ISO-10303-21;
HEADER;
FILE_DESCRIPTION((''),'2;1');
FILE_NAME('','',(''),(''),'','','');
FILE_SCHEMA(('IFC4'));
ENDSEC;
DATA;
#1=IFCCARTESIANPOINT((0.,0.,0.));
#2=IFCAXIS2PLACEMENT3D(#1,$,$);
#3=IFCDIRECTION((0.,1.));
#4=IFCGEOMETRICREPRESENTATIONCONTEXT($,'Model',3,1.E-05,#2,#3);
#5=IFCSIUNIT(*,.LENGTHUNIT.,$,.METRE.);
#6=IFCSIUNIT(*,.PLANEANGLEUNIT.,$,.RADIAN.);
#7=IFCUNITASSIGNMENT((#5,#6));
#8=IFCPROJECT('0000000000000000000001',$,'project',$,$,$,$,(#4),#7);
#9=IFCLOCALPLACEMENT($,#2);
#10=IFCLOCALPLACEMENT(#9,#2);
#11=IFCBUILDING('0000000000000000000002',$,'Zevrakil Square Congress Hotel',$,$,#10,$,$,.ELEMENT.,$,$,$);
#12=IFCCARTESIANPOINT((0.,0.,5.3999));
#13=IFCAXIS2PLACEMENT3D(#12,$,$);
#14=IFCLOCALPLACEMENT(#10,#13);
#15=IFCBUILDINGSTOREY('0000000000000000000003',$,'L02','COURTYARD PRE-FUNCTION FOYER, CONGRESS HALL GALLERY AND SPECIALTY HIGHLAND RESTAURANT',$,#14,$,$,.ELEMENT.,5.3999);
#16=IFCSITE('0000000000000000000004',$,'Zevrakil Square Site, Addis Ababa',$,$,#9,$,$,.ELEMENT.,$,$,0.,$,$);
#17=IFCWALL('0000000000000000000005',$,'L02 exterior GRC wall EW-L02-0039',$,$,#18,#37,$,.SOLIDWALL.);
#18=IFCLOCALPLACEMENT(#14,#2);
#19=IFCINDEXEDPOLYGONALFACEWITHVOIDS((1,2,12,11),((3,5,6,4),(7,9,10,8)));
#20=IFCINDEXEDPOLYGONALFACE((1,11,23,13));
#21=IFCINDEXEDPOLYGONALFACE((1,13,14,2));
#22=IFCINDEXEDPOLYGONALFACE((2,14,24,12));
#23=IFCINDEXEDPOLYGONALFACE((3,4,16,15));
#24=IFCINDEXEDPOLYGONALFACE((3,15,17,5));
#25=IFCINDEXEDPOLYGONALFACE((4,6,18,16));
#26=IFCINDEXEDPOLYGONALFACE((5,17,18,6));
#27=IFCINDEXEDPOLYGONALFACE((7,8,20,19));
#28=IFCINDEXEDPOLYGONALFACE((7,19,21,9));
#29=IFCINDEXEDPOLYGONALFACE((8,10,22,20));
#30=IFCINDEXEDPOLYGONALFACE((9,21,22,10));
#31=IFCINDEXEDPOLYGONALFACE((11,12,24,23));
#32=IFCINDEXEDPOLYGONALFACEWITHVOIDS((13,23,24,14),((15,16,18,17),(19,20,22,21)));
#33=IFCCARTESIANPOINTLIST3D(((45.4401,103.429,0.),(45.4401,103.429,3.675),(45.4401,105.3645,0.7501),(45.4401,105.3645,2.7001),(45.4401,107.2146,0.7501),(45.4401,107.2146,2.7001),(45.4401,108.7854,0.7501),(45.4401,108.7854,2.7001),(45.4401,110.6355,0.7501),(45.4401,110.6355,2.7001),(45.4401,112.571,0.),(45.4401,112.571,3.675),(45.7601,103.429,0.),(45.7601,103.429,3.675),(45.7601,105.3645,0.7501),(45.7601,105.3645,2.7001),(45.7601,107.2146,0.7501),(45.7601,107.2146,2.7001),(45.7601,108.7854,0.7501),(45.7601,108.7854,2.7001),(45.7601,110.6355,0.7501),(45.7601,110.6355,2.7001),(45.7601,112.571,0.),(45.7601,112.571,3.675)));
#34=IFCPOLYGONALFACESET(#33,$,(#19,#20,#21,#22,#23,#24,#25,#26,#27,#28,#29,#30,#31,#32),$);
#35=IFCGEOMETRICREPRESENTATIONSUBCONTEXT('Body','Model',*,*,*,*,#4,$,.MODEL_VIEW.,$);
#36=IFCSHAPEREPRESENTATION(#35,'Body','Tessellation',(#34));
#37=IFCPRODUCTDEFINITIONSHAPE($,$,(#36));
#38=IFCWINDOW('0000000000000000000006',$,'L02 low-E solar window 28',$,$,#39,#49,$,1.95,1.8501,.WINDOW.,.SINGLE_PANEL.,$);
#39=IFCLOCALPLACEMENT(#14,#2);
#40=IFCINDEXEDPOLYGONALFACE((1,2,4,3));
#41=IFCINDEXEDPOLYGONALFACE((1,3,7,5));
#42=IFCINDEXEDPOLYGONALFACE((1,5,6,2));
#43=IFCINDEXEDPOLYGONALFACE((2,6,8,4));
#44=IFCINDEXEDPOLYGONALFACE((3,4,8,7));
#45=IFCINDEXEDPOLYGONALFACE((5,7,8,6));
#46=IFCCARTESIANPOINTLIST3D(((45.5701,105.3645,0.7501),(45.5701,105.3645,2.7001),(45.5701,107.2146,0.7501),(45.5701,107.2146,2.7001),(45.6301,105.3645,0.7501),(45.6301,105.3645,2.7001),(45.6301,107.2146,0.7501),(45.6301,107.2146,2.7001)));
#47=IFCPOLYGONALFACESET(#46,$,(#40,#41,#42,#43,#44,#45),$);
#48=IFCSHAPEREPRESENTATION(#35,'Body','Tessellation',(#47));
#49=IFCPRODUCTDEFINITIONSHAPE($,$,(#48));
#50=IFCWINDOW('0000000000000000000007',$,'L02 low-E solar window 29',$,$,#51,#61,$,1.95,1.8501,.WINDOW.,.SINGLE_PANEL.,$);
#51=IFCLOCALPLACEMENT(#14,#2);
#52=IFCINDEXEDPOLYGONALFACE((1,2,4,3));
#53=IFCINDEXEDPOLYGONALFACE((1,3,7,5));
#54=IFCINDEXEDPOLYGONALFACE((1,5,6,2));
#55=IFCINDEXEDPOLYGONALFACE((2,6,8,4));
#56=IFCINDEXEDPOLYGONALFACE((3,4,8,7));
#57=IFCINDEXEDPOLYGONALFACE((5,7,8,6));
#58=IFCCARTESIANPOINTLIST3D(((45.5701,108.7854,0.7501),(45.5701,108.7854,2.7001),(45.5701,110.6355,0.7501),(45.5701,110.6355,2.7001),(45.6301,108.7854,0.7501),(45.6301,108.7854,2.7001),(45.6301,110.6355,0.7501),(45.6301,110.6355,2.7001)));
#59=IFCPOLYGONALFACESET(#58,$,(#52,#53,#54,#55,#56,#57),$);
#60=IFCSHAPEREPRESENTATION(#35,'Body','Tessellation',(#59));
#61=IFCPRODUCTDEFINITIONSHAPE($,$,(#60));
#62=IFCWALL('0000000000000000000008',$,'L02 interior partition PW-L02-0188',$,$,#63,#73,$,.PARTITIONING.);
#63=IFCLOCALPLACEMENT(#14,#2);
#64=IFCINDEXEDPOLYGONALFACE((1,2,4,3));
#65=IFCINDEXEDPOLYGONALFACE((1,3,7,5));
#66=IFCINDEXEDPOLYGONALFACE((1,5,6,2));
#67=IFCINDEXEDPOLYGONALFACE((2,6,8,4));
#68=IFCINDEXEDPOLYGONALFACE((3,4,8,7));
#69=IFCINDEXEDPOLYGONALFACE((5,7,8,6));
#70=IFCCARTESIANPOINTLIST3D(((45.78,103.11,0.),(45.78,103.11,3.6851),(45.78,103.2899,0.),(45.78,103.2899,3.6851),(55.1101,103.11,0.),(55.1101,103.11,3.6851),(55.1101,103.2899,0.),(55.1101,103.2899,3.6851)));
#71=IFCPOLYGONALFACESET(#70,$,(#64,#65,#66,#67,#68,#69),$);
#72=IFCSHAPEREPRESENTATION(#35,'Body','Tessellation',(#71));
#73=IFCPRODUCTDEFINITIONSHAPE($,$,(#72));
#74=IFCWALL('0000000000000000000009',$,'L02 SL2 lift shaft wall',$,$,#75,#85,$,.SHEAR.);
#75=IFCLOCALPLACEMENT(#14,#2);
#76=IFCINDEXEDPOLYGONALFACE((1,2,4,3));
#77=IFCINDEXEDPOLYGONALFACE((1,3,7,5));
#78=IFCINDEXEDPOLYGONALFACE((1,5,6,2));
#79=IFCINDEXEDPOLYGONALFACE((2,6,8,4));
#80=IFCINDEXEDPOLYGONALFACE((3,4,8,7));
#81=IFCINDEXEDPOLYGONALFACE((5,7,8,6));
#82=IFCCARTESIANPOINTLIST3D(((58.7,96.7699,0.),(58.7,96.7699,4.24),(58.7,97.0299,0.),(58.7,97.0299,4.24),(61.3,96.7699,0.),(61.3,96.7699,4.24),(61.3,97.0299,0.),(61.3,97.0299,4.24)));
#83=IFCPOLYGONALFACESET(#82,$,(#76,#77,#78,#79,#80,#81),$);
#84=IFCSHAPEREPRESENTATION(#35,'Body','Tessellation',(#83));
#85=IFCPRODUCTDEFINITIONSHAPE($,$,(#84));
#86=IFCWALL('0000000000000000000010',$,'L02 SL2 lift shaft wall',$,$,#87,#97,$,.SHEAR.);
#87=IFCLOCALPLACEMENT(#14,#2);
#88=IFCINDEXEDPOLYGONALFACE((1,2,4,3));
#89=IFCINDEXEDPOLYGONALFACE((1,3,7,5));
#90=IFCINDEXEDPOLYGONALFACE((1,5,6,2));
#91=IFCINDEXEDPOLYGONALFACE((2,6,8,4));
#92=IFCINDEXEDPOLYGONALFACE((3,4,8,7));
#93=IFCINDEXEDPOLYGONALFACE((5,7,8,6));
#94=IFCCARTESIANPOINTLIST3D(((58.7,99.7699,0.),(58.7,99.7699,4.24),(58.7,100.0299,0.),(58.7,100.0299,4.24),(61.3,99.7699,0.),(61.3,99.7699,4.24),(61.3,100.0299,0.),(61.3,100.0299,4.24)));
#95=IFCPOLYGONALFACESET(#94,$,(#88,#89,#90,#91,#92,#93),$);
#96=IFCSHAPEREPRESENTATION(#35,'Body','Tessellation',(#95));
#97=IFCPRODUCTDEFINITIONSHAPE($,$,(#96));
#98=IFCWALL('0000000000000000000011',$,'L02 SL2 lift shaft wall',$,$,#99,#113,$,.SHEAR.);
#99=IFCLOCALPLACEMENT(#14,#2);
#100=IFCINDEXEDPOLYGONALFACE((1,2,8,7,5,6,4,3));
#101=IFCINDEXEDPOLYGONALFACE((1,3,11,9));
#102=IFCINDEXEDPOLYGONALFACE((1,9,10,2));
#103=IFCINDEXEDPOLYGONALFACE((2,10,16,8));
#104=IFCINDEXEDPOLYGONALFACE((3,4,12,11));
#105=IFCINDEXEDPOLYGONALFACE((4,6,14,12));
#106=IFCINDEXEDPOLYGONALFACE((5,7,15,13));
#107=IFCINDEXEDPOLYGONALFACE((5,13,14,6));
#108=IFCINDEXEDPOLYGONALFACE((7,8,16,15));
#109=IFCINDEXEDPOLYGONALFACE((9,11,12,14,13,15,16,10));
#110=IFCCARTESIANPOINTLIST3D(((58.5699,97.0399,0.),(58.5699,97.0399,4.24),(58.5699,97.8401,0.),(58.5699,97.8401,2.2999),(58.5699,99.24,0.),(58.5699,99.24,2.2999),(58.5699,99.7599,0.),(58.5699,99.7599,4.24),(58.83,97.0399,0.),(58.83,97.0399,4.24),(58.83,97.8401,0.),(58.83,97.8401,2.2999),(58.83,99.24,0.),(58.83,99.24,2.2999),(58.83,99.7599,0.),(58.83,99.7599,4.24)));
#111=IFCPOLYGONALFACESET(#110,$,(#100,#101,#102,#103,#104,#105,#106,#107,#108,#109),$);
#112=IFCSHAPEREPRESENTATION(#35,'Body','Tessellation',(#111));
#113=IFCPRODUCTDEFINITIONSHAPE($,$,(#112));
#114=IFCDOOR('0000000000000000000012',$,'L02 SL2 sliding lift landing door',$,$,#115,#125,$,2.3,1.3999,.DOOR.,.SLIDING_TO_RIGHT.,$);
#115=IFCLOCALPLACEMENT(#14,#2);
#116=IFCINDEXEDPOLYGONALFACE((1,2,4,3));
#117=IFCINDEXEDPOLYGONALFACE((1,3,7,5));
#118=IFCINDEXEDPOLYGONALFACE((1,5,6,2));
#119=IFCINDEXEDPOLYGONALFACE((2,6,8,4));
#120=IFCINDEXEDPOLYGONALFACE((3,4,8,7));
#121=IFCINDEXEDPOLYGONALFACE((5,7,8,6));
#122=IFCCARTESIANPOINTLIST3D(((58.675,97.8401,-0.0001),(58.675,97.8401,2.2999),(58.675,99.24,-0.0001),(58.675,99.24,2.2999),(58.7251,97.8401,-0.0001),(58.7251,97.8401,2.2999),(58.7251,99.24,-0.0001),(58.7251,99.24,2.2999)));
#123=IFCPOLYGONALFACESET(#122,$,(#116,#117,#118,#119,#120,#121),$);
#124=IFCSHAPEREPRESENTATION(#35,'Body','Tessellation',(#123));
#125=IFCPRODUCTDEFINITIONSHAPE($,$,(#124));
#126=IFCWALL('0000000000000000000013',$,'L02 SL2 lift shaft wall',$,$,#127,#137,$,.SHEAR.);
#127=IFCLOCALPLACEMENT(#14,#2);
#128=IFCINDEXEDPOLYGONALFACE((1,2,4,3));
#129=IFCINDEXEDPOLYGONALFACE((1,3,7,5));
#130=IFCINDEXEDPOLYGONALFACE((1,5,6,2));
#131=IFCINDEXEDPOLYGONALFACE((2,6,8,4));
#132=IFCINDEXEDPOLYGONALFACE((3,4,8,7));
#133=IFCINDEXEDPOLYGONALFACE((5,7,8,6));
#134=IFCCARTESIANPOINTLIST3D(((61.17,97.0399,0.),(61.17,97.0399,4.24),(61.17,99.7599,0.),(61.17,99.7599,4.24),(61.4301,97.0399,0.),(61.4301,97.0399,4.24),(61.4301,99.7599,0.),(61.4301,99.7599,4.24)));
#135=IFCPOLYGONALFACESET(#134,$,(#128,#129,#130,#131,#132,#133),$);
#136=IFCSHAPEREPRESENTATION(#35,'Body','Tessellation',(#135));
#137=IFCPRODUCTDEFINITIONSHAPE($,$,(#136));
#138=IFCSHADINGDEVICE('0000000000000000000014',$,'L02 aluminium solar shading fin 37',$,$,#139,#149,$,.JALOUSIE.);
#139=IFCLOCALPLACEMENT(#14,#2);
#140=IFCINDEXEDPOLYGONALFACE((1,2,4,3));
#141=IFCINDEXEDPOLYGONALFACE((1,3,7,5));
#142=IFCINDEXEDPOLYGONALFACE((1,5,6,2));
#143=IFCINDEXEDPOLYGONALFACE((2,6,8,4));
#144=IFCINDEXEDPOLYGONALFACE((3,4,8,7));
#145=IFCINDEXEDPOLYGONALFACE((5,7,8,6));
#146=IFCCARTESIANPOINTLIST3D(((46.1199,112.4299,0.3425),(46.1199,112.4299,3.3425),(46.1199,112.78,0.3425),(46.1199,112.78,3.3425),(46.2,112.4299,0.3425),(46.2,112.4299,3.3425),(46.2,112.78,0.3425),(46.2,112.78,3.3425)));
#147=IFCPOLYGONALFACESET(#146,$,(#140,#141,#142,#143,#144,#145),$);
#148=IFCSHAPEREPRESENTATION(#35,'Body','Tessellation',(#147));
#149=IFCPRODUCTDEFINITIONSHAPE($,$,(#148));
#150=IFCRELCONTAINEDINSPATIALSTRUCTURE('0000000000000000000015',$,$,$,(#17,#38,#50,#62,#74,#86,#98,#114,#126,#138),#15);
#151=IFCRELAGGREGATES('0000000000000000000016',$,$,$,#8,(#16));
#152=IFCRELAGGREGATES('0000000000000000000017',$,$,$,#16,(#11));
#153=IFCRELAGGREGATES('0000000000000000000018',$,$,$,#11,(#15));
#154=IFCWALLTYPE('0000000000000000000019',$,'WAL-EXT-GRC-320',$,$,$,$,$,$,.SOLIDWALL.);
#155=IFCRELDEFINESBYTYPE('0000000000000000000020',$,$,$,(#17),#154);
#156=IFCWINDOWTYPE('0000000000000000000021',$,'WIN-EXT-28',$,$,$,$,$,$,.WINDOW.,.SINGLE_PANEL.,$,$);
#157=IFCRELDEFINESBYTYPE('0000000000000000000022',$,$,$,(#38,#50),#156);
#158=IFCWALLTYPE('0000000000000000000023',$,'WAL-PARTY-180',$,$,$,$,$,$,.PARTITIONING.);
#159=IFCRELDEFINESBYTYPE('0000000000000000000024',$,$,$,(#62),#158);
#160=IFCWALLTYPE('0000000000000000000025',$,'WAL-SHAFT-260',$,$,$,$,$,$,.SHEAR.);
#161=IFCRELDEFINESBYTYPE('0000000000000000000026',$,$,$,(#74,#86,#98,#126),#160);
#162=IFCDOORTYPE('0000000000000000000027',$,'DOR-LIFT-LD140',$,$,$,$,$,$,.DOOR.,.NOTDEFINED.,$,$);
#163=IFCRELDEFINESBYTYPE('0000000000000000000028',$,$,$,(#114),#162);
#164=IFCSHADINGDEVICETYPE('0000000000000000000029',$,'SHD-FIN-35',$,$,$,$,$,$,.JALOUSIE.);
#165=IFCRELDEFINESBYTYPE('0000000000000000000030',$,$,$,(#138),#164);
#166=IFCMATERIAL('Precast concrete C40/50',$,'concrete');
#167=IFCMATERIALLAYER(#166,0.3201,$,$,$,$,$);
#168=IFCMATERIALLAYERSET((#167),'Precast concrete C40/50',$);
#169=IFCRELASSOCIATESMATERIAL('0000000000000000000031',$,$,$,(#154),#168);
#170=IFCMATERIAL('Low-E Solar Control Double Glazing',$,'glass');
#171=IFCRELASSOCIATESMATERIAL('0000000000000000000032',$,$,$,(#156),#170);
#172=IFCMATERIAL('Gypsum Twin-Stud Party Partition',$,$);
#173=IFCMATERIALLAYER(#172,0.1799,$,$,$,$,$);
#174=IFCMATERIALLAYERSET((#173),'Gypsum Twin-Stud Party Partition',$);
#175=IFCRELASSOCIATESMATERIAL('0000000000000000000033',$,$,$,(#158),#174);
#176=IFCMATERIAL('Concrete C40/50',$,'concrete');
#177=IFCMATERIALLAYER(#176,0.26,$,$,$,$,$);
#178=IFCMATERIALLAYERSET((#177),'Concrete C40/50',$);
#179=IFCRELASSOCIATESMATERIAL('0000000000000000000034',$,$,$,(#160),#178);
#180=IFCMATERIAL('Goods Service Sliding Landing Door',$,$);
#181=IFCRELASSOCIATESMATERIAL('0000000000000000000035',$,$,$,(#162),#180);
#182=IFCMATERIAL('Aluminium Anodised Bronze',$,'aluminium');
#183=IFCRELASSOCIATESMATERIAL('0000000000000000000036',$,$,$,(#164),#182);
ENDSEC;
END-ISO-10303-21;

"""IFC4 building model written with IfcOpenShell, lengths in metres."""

from ifc_helpers import new_model, si_unit, direction, frame, frame_2d, origin, origin_2d, place, context, subcontext, project, spatial, rectangle, extrude, material, layer, layer_set, type_object, element, fill, save


model = new_model("IFC4")

# Units and contexts
model_context = context("Model", 3, precision=1e-05, world=origin(), true_north=direction((0.0, 1.0)))
body_context = subcontext(model_context, "Body", "Model", "MODEL_VIEW")
ifc_project = project(units=[si_unit("LENGTHUNIT", "METRE"), si_unit("PLANEANGLEUNIT", "RADIAN")], contexts=[model_context])

# Site, building, storey
site_placement = place(None, origin())
site = spatial("IfcSite", under=ifc_project, at=site_placement, Name="Zevrakil Square Site, Addis Ababa", CompositionType="ELEMENT", RefElevation=0.0)
building_placement = place(site_placement, origin())
building = spatial("IfcBuilding", under=site, at=building_placement, Name="Zevrakil Square Congress Hotel", CompositionType="ELEMENT")
storey_placement = place(building_placement, frame((0.0, 0.0, 5.3999)))
storey = spatial("IfcBuildingStorey", under=building, at=storey_placement, Name="L02", Description="COURTYARD PRE-FUNCTION FOYER, CONGRESS HALL GALLERY AND SPECIALTY HIGHLAND RESTAURANT", CompositionType="ELEMENT", Elevation=5.3999)

# Shared definitions
ifc_material_1 = material(Name="Precast concrete C40/50", Category="concrete")
ifc_layer_1 = layer(ifc_material_1, 0.3201)
ifc_layer_set_1 = layer_set([ifc_layer_1], Name="Precast concrete C40/50")
wall_type_1 = type_object("IfcWallType", Name="WAL-EXT-GRC-320", PredefinedType="SOLIDWALL", material=ifc_layer_set_1)

# Wall, openings, windows
wall_1_placement = place(storey_placement, frame((45.6001, 103.429, 0.0), z_axis=(0.0, 0.0, 1.0), x_axis=(0.0, 1.0, 0.0)))
wall_1 = element("IfcWall", 1, at=wall_1_placement, inside=storey, type_object=wall_type_1, Name="L02 exterior GRC wall EW-L02-0039", PredefinedType="SOLIDWALL", context=body_context, shape_type="SweptSolid", body=[
    extrude(rectangle(XDim=9.1421, YDim=0.3201, at=frame_2d((4.571, 0.0))), origin(), (0.0, 0.0, 1.0), 3.675),
])
opening_1_placement = place(wall_1_placement, frame((1.9355, 0.0, 0.75)))
opening_1 = element("IfcOpeningElement", 2, at=opening_1_placement, cuts=wall_1, PredefinedType="OPENING", context=body_context, shape_type="SweptSolid", body=[
    extrude(rectangle(XDim=1.8501, YDim=1.95, at=frame_2d((0.925, 0.9751))), frame((0.0, 0.1699, 0.0), z_axis=(0.0, -1.0, 0.0), x_axis=(1.0, 0.0, 0.0)), (0.0, 0.0, 1.0), 0.3401),
])
opening_2_placement = place(wall_1_placement, frame((5.3564, 0.0, 0.75)))
opening_2 = element("IfcOpeningElement", 3, at=opening_2_placement, cuts=wall_1, PredefinedType="OPENING", context=body_context, shape_type="SweptSolid", body=[
    extrude(rectangle(XDim=1.8501, YDim=1.95, at=frame_2d((0.925, 0.9751))), frame((0.0, 0.1699, 0.0), z_axis=(0.0, -1.0, 0.0), x_axis=(1.0, 0.0, 0.0)), (0.0, 0.0, 1.0), 0.3401),
])
ifc_material_2 = material(Name="Low-E Solar Control Double Glazing", Category="glass")
window_type = type_object("IfcWindowType", Name="WIN-EXT-28", PartitioningType="SINGLE_PANEL", PredefinedType="WINDOW", material=ifc_material_2)
window_1_placement = place(opening_1_placement, origin())
window_1 = element("IfcWindow", 4, at=window_1_placement, inside=storey, type_object=window_type, Name="L02 low-E solar window 28", OverallHeight=1.95, OverallWidth=1.8501, PartitioningType="SINGLE_PANEL", PredefinedType="WINDOW", context=body_context, shape_type="SweptSolid", body=[
    extrude(rectangle(XDim=1.8501, YDim=1.95, at=frame_2d((0.925, 0.9751))), frame((0.0, 0.03, 0.0), z_axis=(0.0, -1.0, 0.0), x_axis=(1.0, 0.0, 0.0)), (0.0, 0.0, 1.0), 0.0601),
])
fill(opening_1, window_1)
window_2_placement = place(opening_2_placement, origin())
window_2 = element("IfcWindow", 5, at=window_2_placement, inside=storey, type_object=window_type, Name="L02 low-E solar window 29", OverallHeight=1.95, OverallWidth=1.8501, PartitioningType="SINGLE_PANEL", PredefinedType="WINDOW", context=body_context, shape_type="SweptSolid", body=[
    extrude(rectangle(XDim=1.8501, YDim=1.95, at=frame_2d((0.925, 0.9751))), frame((0.0, 0.03, 0.0), z_axis=(0.0, -1.0, 0.0), x_axis=(1.0, 0.0, 0.0)), (0.0, 0.0, 1.0), 0.0601),
])
fill(opening_2, window_2)

# Walls
ifc_material_3 = material(Name="Gypsum Twin-Stud Party Partition")
ifc_layer_2 = layer(ifc_material_3, 0.1799)
ifc_layer_set_2 = layer_set([ifc_layer_2], Name="Gypsum Twin-Stud Party Partition")
wall_type_2 = type_object("IfcWallType", Name="WAL-PARTY-180", PredefinedType="PARTITIONING", material=ifc_layer_set_2)
wall_2_placement = place(storey_placement, frame((45.78, 103.2, 0.0), z_axis=(0.0, 0.0, 1.0), x_axis=(1.0, 0.0, 0.0)))
element("IfcWall", 6, at=wall_2_placement, inside=storey, type_object=wall_type_2, Name="L02 interior partition PW-L02-0188", PredefinedType="PARTITIONING", context=body_context, shape_type="SweptSolid", body=[
    extrude(rectangle(XDim=9.3301, YDim=0.1799, at=frame_2d((4.665, 0.0))), origin(), (0.0, 0.0, 1.0), 3.6851),
])
ifc_material_4 = material(Name="Concrete C40/50", Category="concrete")
ifc_layer_3 = layer(ifc_material_4, 0.26)
ifc_layer_set_3 = layer_set([ifc_layer_3], Name="Concrete C40/50")
wall_type_3 = type_object("IfcWallType", Name="WAL-SHAFT-260", PredefinedType="SHEAR", material=ifc_layer_set_3)
for number, where, z_axis, x_axis, name in (
    (7, (58.7, 96.8999, 0.0), (0.0, 0.0, 1.0), (1.0, 0.0, 0.0), "L02 SL2 lift shaft wall"),
    (8, (58.7, 99.8999, 0.0), (0.0, 0.0, 1.0), (1.0, 0.0, 0.0), "L02 SL2 lift shaft wall"),
):
    element("IfcWall", number, at=place(storey_placement, frame(where, z_axis=z_axis, x_axis=x_axis)), inside=storey, type_object=wall_type_3, Name=name, PredefinedType="SHEAR", context=body_context, shape_type="SweptSolid", body=[
        extrude(rectangle(XDim=2.6001, YDim=0.26, at=frame_2d((1.3, 0.0))), origin(), (0.0, 0.0, 1.0), 4.24),
    ])

# Wall, opening, door
wall_3_placement = place(storey_placement, frame((58.7, 97.04, 0.0), z_axis=(0.0, 0.0, 1.0), x_axis=(0.0, 1.0, 0.0)))
wall_3 = element("IfcWall", 9, at=wall_3_placement, inside=storey, type_object=wall_type_3, Name="L02 SL2 lift shaft wall", PredefinedType="SHEAR", context=body_context, shape_type="SweptSolid", body=[
    extrude(rectangle(XDim=2.72, YDim=0.26, at=frame_2d((1.3599, 0.0))), origin(), (0.0, 0.0, 1.0), 4.24),
])
opening_3_placement = place(wall_3_placement, frame((0.8, 0.0, 0.0)))
opening_3 = element("IfcOpeningElement", 10, at=opening_3_placement, cuts=wall_3, PredefinedType="OPENING", context=body_context, shape_type="SweptSolid", body=[
    extrude(rectangle(XDim=1.3999, YDim=2.3, at=frame_2d((0.7, 1.1499))), frame((0.0, 0.1401, 0.0), z_axis=(0.0, -1.0, 0.0), x_axis=(1.0, 0.0, 0.0)), (0.0, 0.0, 1.0), 0.28),
])
ifc_material_5 = material(Name="Goods Service Sliding Landing Door")
door_type_1 = type_object("IfcDoorType", Name="DOR-LIFT-LD140", OperationType="NOTDEFINED", PredefinedType="DOOR", material=ifc_material_5)
door_1_placement = place(opening_3_placement, origin())
door_1 = element("IfcDoor", 11, at=door_1_placement, inside=storey, type_object=door_type_1, Name="L02 SL2 sliding lift landing door", OperationType="SLIDING_TO_RIGHT", OverallHeight=2.3, OverallWidth=1.3999, PredefinedType="DOOR", context=body_context, shape_type="SweptSolid", body=[
    extrude(rectangle(XDim=1.3999, YDim=2.3, at=frame_2d((0.7, 1.1499))), frame((0.0, 0.0249, 0.0), z_axis=(0.0, -1.0, 0.0), x_axis=(1.0, 0.0, 0.0)), (0.0, 0.0, 1.0), 0.05),
])
fill(opening_3, door_1)

# Wall
wall_4_placement = place(storey_placement, frame((61.3, 97.04, 0.0), z_axis=(0.0, 0.0, 1.0), x_axis=(0.0, 1.0, 0.0)))
element("IfcWall", 12, at=wall_4_placement, inside=storey, type_object=wall_type_3, Name="L02 SL2 lift shaft wall", PredefinedType="SHEAR", context=body_context, shape_type="SweptSolid", body=[
    extrude(rectangle(XDim=2.72, YDim=0.26, at=frame_2d((1.3599, 0.0))), origin(), (0.0, 0.0, 1.0), 4.24),
])

# Shading device
ifc_material_6 = material(Name="Aluminium Anodised Bronze", Category="aluminium")
shading_device_type = type_object("IfcShadingDeviceType", Name="SHD-FIN-35", PredefinedType="JALOUSIE", material=ifc_material_6)
shading_device_placement = place(storey_placement, frame((46.1599, 112.605, 0.3425), z_axis=(0.0, 0.0, 1.0), x_axis=(0.0, -1.0, 0.0)))
element("IfcShadingDevice", 13, at=shading_device_placement, inside=storey, type_object=shading_device_type, Name="L02 aluminium solar shading fin 37", PredefinedType="JALOUSIE", context=body_context, shape_type="SweptSolid", body=[
    extrude(rectangle(XDim=0.3501, YDim=0.0801, at=origin_2d()), origin(), (0.0, 0.0, 1.0), 3.0),
])

save(model, "model.ifc")
